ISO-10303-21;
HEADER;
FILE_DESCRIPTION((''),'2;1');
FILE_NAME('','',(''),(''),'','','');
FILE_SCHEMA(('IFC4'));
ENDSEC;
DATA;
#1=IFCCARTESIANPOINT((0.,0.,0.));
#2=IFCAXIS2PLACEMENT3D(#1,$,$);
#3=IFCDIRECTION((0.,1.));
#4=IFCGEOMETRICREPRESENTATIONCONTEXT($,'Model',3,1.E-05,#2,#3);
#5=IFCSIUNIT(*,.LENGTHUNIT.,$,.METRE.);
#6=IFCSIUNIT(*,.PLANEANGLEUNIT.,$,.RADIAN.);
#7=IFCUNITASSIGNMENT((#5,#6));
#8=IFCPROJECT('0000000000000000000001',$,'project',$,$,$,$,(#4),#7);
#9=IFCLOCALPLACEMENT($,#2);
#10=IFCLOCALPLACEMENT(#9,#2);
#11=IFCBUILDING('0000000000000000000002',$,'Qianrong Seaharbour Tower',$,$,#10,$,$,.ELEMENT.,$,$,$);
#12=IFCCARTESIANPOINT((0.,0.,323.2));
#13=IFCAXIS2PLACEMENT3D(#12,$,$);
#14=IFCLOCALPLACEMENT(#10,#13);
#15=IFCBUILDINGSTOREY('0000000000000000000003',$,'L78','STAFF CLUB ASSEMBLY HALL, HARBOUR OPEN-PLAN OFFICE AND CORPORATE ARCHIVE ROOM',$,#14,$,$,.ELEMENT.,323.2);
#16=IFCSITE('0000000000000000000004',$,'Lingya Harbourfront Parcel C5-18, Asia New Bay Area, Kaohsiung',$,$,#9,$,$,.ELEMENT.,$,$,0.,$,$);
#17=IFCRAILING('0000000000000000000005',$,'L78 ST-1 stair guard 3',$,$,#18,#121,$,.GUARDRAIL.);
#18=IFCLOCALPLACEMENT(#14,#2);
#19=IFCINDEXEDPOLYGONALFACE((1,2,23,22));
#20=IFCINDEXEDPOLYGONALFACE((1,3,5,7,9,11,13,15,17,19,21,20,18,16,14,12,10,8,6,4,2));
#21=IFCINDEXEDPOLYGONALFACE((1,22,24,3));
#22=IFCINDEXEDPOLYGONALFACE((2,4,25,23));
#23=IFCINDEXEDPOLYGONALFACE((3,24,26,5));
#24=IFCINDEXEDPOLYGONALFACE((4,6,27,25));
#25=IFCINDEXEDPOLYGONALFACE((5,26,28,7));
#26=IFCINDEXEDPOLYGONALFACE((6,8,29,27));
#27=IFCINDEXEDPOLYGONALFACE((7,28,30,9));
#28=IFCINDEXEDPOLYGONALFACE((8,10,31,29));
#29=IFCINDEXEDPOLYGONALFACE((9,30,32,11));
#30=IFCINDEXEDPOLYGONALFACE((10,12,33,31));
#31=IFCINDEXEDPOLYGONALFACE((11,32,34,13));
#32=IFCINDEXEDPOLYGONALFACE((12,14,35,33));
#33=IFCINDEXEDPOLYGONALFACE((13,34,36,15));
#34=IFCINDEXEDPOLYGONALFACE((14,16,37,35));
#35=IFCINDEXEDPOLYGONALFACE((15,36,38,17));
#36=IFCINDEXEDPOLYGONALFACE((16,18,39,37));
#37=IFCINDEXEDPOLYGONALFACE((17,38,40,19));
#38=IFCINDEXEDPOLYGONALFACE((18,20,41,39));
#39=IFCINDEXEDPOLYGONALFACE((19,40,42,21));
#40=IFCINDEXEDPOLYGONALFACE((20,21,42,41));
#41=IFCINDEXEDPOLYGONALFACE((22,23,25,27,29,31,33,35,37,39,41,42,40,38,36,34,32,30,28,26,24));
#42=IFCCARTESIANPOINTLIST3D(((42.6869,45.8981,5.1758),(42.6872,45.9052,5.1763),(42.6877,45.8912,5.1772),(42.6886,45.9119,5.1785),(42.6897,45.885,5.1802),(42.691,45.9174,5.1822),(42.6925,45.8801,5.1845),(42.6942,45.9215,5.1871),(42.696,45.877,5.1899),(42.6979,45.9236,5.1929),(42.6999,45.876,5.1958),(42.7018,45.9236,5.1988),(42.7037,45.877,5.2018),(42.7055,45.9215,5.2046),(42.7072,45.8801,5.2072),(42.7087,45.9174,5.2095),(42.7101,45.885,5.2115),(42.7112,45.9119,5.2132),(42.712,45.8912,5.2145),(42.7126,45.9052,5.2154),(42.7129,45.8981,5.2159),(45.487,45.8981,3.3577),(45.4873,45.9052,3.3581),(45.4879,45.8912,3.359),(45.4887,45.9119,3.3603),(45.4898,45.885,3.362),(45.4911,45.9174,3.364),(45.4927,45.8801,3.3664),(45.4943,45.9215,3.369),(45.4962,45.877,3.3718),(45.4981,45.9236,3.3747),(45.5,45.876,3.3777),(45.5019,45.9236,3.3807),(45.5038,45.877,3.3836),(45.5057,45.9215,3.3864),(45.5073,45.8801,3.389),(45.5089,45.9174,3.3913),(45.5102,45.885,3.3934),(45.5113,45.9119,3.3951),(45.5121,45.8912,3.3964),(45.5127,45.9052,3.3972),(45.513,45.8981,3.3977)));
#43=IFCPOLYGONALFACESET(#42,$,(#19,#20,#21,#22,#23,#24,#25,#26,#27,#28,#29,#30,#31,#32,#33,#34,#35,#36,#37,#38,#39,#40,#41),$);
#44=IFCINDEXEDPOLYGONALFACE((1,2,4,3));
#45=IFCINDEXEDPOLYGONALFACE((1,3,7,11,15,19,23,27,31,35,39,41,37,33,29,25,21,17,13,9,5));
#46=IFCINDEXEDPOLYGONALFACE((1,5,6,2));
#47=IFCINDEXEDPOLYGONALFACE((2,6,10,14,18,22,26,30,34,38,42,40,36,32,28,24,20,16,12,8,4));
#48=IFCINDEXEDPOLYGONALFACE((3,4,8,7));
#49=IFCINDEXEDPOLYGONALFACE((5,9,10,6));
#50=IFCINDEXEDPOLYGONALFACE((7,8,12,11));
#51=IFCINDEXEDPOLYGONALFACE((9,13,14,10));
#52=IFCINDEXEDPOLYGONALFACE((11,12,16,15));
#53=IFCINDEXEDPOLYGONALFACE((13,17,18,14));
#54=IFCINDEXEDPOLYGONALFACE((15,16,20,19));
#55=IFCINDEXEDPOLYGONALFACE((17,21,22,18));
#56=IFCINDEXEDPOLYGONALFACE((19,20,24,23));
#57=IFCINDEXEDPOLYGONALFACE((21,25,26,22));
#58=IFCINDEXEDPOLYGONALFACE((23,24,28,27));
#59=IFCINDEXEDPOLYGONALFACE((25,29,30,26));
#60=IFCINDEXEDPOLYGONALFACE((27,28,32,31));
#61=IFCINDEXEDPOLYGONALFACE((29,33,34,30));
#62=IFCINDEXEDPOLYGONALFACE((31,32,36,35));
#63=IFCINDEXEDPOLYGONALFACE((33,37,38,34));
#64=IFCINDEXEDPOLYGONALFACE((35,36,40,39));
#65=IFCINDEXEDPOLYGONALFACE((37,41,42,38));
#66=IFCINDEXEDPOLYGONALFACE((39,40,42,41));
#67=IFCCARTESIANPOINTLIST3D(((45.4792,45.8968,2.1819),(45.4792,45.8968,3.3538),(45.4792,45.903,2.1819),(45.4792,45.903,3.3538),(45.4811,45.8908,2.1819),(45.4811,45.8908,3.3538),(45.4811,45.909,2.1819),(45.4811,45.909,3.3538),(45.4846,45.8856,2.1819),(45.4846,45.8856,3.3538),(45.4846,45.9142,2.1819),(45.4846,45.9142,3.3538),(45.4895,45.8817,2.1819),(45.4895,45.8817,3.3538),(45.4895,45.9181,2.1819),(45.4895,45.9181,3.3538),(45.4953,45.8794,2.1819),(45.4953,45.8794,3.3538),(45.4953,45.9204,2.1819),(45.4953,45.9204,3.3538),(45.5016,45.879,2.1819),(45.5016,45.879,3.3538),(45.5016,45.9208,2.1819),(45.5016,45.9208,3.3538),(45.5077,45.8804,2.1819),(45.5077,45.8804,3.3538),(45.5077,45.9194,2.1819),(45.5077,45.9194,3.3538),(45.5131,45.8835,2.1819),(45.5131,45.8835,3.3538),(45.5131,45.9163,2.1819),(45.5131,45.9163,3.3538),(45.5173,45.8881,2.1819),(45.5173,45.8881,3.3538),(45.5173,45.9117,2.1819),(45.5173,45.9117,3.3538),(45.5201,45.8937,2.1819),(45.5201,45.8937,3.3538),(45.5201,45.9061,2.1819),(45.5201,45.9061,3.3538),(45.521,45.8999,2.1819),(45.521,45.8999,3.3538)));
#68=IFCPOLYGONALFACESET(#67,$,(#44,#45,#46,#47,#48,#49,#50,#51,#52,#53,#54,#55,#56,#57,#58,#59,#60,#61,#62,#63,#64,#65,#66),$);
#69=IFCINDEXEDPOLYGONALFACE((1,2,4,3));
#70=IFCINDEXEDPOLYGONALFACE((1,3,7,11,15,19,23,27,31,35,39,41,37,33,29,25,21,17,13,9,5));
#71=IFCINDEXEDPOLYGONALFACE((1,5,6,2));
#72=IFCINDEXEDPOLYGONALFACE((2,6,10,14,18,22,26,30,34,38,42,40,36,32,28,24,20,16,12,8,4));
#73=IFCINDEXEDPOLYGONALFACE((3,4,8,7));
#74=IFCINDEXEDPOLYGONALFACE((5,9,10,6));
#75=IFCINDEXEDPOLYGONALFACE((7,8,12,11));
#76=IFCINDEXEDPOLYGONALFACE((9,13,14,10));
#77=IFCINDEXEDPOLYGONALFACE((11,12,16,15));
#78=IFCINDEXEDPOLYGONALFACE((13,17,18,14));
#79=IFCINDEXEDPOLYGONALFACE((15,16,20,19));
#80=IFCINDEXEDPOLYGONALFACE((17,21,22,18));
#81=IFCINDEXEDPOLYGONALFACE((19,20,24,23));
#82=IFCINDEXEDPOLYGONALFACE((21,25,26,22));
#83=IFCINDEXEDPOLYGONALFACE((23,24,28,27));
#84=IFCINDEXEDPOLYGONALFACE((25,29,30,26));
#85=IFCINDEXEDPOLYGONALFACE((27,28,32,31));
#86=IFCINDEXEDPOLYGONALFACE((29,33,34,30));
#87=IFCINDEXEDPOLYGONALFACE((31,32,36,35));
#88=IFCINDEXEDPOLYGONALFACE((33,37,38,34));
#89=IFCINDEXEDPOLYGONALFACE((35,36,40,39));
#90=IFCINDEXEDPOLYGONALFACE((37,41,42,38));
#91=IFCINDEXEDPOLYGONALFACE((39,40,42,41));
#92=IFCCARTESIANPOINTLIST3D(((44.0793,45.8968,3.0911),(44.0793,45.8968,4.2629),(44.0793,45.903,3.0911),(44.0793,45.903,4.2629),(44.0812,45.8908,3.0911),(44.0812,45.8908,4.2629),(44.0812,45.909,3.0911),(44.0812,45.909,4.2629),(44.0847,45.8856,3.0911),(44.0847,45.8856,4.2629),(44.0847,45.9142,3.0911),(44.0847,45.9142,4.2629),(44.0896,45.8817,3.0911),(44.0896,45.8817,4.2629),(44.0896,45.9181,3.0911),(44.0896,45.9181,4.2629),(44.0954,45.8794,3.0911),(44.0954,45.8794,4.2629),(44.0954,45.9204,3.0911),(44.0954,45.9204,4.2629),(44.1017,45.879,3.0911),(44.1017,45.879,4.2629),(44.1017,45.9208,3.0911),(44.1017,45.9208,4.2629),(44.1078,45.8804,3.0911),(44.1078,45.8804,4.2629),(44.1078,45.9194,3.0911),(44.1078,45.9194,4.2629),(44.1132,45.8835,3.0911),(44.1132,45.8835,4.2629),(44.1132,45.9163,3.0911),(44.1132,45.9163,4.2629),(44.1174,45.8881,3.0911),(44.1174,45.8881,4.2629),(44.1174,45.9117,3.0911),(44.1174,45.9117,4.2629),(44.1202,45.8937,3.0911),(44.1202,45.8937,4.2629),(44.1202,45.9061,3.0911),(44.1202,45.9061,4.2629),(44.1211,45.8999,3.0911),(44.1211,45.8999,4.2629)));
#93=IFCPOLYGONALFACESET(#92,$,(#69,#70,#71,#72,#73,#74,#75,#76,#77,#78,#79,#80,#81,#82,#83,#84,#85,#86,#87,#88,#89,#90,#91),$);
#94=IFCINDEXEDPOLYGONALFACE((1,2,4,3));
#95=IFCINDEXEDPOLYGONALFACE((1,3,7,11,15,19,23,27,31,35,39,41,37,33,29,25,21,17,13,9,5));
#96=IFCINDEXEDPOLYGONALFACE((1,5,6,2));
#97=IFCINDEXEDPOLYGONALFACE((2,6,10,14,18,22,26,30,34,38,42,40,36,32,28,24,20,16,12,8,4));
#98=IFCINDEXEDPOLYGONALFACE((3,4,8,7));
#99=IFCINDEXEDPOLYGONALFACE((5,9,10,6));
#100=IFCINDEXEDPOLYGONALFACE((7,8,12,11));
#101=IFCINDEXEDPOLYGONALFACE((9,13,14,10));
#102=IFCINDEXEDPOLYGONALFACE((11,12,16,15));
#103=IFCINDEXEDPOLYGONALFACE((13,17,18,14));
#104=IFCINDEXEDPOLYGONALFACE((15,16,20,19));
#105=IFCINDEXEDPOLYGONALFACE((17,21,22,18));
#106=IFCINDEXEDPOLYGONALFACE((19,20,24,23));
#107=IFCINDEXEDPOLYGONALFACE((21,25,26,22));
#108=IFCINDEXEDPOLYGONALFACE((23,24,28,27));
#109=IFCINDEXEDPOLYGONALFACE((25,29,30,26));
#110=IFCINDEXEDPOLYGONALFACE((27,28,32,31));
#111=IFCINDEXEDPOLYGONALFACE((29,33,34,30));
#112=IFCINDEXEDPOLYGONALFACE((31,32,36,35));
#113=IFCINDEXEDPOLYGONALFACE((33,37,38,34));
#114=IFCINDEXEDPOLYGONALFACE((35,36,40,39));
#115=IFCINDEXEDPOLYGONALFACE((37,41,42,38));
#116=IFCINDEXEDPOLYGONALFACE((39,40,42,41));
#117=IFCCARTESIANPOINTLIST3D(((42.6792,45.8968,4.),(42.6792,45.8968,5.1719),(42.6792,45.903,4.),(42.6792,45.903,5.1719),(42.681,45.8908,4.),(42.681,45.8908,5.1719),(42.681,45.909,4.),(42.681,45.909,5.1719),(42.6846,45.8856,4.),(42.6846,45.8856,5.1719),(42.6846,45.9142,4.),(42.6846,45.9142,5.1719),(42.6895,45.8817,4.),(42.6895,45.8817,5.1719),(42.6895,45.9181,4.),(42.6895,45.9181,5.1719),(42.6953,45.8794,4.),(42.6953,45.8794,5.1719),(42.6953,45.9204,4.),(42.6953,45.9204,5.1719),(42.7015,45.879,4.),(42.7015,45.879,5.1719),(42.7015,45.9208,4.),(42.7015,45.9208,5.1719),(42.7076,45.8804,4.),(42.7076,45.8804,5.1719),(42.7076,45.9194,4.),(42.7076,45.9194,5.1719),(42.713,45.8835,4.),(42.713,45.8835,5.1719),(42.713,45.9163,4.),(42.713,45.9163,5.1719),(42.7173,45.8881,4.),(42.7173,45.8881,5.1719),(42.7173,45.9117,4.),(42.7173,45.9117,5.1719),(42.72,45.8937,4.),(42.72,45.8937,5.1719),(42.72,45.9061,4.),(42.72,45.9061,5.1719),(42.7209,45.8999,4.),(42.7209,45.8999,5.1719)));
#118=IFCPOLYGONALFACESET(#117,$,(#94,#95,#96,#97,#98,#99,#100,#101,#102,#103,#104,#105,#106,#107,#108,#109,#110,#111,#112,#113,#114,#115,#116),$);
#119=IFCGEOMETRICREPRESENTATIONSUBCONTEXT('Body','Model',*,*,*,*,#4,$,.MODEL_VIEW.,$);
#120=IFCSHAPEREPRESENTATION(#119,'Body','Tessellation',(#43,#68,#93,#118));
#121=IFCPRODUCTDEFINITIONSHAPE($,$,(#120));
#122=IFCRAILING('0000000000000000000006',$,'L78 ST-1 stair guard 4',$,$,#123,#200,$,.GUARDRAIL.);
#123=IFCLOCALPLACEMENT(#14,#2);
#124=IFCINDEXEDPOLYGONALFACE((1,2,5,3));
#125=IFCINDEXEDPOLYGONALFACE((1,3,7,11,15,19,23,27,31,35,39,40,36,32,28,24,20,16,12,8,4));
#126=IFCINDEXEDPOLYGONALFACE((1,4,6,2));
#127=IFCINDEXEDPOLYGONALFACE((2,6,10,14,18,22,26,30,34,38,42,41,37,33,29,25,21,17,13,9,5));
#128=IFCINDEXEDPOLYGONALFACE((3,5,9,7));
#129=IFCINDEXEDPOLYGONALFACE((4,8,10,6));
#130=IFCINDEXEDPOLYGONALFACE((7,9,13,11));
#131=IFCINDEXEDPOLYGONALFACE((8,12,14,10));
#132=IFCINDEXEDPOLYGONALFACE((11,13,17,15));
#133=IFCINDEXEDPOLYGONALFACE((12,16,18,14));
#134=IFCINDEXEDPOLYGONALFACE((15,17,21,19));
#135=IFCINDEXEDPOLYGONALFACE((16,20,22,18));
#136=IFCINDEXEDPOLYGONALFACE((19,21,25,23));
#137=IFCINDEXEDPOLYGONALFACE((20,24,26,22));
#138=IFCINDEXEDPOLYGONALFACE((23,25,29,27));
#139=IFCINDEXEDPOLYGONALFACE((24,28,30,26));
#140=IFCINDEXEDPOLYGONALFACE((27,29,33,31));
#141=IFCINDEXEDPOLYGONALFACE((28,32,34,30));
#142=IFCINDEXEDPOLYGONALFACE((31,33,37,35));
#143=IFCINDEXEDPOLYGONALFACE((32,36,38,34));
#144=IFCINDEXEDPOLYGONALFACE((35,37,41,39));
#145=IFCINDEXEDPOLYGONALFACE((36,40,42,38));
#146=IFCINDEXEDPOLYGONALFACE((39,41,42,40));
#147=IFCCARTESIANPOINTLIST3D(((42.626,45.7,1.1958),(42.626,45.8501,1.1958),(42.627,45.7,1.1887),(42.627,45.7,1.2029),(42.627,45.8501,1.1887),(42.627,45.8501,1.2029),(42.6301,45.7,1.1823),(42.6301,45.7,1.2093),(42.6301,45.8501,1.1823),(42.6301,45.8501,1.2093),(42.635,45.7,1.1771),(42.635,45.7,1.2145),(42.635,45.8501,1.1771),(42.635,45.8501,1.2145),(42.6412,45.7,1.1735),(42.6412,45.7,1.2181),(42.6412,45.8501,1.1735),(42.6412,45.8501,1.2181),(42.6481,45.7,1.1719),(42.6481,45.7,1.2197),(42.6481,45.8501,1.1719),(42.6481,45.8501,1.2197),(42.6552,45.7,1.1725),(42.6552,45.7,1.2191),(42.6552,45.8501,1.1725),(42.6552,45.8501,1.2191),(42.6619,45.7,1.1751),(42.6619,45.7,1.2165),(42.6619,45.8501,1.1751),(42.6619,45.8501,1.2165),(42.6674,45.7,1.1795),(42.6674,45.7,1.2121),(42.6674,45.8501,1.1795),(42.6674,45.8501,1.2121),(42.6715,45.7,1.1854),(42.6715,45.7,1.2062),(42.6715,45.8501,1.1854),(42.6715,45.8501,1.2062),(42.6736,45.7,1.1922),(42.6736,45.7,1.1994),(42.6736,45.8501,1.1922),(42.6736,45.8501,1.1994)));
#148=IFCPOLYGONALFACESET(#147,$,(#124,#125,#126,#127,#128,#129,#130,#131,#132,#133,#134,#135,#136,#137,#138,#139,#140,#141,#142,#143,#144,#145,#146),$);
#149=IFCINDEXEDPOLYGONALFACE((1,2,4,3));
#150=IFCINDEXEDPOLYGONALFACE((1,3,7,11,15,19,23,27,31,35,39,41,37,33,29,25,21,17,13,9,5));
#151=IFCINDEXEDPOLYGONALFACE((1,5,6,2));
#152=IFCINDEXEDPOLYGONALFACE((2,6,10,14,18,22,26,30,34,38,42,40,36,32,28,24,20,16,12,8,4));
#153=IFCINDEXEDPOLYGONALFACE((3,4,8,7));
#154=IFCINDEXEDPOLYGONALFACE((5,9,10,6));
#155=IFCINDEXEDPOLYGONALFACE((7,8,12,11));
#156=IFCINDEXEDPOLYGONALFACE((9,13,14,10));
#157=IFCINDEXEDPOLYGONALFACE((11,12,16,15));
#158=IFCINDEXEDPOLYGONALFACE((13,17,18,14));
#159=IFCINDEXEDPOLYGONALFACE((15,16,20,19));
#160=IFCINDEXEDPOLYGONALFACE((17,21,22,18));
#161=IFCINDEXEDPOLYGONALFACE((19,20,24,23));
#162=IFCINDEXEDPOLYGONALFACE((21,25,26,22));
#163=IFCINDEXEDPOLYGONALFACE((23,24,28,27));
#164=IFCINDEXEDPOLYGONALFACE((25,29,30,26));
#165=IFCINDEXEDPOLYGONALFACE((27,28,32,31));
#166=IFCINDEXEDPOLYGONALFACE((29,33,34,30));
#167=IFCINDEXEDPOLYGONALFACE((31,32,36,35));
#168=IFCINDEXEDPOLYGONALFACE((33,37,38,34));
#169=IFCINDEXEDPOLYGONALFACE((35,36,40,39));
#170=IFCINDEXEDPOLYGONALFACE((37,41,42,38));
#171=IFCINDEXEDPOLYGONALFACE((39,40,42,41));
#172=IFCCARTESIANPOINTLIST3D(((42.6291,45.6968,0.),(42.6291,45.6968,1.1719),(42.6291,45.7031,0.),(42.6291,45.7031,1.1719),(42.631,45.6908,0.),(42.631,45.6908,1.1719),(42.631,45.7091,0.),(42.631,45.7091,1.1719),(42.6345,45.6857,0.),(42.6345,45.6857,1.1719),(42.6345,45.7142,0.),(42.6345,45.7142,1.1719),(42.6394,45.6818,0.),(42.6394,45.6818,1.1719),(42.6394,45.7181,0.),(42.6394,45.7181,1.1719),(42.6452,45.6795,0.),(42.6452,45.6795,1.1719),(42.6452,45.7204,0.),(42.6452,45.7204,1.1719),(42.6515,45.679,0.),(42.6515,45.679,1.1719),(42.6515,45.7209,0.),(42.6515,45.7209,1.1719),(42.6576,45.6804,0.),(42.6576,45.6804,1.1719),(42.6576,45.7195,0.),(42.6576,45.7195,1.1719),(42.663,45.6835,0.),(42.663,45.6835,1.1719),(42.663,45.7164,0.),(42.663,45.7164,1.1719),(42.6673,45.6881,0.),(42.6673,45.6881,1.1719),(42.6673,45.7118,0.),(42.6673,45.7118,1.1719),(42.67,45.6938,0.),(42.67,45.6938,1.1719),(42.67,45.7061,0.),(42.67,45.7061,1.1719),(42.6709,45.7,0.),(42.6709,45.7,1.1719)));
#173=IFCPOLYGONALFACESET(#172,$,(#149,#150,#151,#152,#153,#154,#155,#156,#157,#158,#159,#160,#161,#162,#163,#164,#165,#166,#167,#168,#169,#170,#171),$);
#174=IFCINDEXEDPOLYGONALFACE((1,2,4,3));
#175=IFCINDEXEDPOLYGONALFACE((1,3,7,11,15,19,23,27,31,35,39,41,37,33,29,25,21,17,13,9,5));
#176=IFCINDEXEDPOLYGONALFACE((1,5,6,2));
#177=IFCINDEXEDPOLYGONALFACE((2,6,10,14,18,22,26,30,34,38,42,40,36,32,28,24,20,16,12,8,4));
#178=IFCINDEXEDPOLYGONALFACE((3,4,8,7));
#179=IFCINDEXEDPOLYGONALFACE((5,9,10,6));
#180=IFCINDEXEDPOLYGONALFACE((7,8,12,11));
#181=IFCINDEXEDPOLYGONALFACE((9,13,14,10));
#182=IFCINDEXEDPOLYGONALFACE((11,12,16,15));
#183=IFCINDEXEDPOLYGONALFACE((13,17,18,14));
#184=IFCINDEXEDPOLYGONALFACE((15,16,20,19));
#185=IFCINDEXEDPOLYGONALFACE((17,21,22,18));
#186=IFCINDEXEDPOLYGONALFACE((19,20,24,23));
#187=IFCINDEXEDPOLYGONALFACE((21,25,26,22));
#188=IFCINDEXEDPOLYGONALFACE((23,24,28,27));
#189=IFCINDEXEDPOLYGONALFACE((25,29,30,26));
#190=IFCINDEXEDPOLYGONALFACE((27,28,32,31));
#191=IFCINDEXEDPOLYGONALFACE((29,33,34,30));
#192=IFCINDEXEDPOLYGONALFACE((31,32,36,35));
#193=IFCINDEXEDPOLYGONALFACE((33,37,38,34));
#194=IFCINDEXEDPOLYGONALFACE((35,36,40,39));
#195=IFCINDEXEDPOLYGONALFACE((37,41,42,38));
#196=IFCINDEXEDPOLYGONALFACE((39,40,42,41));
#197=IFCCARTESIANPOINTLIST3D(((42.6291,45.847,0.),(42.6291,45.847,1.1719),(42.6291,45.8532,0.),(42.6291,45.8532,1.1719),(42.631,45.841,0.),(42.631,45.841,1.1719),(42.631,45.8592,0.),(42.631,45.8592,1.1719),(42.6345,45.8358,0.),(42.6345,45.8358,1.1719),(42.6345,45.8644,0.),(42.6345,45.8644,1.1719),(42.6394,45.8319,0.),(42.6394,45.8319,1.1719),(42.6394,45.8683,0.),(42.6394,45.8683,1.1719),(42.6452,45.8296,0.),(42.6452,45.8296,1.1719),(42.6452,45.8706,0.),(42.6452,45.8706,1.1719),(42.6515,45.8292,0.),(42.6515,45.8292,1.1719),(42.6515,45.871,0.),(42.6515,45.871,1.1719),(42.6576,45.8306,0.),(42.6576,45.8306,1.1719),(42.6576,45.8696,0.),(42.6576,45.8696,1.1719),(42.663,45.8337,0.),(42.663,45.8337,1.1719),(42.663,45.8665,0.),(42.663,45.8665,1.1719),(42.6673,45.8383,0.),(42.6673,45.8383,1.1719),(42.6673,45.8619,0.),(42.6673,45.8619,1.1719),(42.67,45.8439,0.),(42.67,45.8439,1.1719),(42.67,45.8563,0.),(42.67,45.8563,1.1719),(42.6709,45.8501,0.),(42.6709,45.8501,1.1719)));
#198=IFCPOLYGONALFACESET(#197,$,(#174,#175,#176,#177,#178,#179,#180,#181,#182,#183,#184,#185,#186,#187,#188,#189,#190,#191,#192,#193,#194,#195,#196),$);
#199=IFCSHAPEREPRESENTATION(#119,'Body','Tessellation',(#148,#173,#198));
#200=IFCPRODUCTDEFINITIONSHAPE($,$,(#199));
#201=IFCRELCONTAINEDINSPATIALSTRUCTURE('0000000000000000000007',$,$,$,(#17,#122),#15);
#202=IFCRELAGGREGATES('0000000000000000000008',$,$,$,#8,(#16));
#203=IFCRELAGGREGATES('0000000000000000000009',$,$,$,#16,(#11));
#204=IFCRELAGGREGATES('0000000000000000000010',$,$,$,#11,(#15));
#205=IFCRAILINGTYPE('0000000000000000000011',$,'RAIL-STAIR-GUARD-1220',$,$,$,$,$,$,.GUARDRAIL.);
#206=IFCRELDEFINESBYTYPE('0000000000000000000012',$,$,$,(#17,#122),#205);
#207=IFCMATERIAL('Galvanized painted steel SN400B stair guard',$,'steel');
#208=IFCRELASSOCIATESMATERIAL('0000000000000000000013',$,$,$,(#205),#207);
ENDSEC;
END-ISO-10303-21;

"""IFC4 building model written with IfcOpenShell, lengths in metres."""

from ifc_helpers import new_model, si_unit, direction, frame, origin, origin_2d, place, context, subcontext, project, spatial, circle, extrude, material, type_object, element, save


model = new_model("IFC4")

# Units and contexts
model_context = context("Model", 3, precision=1e-05, world=origin(), true_north=direction((0.0, 1.0)))
body_context = subcontext(model_context, "Body", "Model", "MODEL_VIEW")
ifc_project = project(units=[si_unit("LENGTHUNIT", "METRE"), si_unit("PLANEANGLEUNIT", "RADIAN")], contexts=[model_context])

# Site, building, storey
site_placement = place(None, origin())
site = spatial("IfcSite", under=ifc_project, at=site_placement, Name="Lingya Harbourfront Parcel C5-18, Asia New Bay Area, Kaohsiung", CompositionType="ELEMENT", RefElevation=0.0)
building_placement = place(site_placement, origin())
building = spatial("IfcBuilding", under=site, at=building_placement, Name="Qianrong Seaharbour Tower", CompositionType="ELEMENT")
storey_placement = place(building_placement, frame((0.0, 0.0, 323.2)))
storey = spatial("IfcBuildingStorey", under=building, at=storey_placement, Name="L78", Description="STAFF CLUB ASSEMBLY HALL, HARBOUR OPEN-PLAN OFFICE AND CORPORATE ARCHIVE ROOM", CompositionType="ELEMENT", Elevation=323.2)

# Railings
ifc_material_1 = material(Name="Galvanized painted steel SN400B stair guard", Category="steel")
railing_type_1 = type_object("IfcRailingType", Name="RAIL-STAIR-GUARD-1220", PredefinedType="GUARDRAIL", material=ifc_material_1)
railing_1_placement = place(storey_placement, frame((45.5, 45.8999, 2.1819)))
element("IfcRailing", 1, at=railing_1_placement, inside=storey, type_object=railing_type_1, Name="L78 ST-1 stair guard 3", PredefinedType="GUARDRAIL", context=body_context, shape_type="SweptSolid", body=[
    extrude(circle(Radius=0.0239, at=origin_2d()), frame((0.0, 0.0, 1.1958), z_axis=(-0.838706, 0.0, 0.544585), x_axis=(0.0, -1.0, 0.0)), (0.0, 0.0, 1.0), 3.3386),
    extrude(circle(Radius=0.021, at=origin_2d()), origin(), (0.0, 0.0, 1.0), 1.1719),
    extrude(circle(Radius=0.021, at=origin_2d()), frame((-1.3999, 0.0, 0.9092)), (0.0, 0.0, 1.0), 1.1719),
    extrude(circle(Radius=0.021, at=origin_2d()), frame((-2.8, 0.0, 1.8181)), (0.0, 0.0, 1.0), 1.1719),
])
railing_2_placement = place(storey_placement, frame((42.6499, 45.7, 0.0)))
element("IfcRailing", 2, at=railing_2_placement, inside=storey, type_object=railing_type_1, Name="L78 ST-1 stair guard 4", PredefinedType="GUARDRAIL", context=body_context, shape_type="SweptSolid", body=[
    extrude(circle(Radius=0.0239, at=origin_2d()), frame((0.0, 0.0, 1.1958), z_axis=(0.0, 1.0, 0.0), x_axis=(-1.0, 0.0, 0.0)), (0.0, 0.0, 1.0), 0.1501),
    extrude(circle(Radius=0.021, at=origin_2d()), origin(), (0.0, 0.0, 1.0), 1.1719),
    extrude(circle(Radius=0.021, at=origin_2d()), frame((0.0, 0.1501, 0.0)), (0.0, 0.0, 1.0), 1.1719),
])

save(model, "model.ifc")
